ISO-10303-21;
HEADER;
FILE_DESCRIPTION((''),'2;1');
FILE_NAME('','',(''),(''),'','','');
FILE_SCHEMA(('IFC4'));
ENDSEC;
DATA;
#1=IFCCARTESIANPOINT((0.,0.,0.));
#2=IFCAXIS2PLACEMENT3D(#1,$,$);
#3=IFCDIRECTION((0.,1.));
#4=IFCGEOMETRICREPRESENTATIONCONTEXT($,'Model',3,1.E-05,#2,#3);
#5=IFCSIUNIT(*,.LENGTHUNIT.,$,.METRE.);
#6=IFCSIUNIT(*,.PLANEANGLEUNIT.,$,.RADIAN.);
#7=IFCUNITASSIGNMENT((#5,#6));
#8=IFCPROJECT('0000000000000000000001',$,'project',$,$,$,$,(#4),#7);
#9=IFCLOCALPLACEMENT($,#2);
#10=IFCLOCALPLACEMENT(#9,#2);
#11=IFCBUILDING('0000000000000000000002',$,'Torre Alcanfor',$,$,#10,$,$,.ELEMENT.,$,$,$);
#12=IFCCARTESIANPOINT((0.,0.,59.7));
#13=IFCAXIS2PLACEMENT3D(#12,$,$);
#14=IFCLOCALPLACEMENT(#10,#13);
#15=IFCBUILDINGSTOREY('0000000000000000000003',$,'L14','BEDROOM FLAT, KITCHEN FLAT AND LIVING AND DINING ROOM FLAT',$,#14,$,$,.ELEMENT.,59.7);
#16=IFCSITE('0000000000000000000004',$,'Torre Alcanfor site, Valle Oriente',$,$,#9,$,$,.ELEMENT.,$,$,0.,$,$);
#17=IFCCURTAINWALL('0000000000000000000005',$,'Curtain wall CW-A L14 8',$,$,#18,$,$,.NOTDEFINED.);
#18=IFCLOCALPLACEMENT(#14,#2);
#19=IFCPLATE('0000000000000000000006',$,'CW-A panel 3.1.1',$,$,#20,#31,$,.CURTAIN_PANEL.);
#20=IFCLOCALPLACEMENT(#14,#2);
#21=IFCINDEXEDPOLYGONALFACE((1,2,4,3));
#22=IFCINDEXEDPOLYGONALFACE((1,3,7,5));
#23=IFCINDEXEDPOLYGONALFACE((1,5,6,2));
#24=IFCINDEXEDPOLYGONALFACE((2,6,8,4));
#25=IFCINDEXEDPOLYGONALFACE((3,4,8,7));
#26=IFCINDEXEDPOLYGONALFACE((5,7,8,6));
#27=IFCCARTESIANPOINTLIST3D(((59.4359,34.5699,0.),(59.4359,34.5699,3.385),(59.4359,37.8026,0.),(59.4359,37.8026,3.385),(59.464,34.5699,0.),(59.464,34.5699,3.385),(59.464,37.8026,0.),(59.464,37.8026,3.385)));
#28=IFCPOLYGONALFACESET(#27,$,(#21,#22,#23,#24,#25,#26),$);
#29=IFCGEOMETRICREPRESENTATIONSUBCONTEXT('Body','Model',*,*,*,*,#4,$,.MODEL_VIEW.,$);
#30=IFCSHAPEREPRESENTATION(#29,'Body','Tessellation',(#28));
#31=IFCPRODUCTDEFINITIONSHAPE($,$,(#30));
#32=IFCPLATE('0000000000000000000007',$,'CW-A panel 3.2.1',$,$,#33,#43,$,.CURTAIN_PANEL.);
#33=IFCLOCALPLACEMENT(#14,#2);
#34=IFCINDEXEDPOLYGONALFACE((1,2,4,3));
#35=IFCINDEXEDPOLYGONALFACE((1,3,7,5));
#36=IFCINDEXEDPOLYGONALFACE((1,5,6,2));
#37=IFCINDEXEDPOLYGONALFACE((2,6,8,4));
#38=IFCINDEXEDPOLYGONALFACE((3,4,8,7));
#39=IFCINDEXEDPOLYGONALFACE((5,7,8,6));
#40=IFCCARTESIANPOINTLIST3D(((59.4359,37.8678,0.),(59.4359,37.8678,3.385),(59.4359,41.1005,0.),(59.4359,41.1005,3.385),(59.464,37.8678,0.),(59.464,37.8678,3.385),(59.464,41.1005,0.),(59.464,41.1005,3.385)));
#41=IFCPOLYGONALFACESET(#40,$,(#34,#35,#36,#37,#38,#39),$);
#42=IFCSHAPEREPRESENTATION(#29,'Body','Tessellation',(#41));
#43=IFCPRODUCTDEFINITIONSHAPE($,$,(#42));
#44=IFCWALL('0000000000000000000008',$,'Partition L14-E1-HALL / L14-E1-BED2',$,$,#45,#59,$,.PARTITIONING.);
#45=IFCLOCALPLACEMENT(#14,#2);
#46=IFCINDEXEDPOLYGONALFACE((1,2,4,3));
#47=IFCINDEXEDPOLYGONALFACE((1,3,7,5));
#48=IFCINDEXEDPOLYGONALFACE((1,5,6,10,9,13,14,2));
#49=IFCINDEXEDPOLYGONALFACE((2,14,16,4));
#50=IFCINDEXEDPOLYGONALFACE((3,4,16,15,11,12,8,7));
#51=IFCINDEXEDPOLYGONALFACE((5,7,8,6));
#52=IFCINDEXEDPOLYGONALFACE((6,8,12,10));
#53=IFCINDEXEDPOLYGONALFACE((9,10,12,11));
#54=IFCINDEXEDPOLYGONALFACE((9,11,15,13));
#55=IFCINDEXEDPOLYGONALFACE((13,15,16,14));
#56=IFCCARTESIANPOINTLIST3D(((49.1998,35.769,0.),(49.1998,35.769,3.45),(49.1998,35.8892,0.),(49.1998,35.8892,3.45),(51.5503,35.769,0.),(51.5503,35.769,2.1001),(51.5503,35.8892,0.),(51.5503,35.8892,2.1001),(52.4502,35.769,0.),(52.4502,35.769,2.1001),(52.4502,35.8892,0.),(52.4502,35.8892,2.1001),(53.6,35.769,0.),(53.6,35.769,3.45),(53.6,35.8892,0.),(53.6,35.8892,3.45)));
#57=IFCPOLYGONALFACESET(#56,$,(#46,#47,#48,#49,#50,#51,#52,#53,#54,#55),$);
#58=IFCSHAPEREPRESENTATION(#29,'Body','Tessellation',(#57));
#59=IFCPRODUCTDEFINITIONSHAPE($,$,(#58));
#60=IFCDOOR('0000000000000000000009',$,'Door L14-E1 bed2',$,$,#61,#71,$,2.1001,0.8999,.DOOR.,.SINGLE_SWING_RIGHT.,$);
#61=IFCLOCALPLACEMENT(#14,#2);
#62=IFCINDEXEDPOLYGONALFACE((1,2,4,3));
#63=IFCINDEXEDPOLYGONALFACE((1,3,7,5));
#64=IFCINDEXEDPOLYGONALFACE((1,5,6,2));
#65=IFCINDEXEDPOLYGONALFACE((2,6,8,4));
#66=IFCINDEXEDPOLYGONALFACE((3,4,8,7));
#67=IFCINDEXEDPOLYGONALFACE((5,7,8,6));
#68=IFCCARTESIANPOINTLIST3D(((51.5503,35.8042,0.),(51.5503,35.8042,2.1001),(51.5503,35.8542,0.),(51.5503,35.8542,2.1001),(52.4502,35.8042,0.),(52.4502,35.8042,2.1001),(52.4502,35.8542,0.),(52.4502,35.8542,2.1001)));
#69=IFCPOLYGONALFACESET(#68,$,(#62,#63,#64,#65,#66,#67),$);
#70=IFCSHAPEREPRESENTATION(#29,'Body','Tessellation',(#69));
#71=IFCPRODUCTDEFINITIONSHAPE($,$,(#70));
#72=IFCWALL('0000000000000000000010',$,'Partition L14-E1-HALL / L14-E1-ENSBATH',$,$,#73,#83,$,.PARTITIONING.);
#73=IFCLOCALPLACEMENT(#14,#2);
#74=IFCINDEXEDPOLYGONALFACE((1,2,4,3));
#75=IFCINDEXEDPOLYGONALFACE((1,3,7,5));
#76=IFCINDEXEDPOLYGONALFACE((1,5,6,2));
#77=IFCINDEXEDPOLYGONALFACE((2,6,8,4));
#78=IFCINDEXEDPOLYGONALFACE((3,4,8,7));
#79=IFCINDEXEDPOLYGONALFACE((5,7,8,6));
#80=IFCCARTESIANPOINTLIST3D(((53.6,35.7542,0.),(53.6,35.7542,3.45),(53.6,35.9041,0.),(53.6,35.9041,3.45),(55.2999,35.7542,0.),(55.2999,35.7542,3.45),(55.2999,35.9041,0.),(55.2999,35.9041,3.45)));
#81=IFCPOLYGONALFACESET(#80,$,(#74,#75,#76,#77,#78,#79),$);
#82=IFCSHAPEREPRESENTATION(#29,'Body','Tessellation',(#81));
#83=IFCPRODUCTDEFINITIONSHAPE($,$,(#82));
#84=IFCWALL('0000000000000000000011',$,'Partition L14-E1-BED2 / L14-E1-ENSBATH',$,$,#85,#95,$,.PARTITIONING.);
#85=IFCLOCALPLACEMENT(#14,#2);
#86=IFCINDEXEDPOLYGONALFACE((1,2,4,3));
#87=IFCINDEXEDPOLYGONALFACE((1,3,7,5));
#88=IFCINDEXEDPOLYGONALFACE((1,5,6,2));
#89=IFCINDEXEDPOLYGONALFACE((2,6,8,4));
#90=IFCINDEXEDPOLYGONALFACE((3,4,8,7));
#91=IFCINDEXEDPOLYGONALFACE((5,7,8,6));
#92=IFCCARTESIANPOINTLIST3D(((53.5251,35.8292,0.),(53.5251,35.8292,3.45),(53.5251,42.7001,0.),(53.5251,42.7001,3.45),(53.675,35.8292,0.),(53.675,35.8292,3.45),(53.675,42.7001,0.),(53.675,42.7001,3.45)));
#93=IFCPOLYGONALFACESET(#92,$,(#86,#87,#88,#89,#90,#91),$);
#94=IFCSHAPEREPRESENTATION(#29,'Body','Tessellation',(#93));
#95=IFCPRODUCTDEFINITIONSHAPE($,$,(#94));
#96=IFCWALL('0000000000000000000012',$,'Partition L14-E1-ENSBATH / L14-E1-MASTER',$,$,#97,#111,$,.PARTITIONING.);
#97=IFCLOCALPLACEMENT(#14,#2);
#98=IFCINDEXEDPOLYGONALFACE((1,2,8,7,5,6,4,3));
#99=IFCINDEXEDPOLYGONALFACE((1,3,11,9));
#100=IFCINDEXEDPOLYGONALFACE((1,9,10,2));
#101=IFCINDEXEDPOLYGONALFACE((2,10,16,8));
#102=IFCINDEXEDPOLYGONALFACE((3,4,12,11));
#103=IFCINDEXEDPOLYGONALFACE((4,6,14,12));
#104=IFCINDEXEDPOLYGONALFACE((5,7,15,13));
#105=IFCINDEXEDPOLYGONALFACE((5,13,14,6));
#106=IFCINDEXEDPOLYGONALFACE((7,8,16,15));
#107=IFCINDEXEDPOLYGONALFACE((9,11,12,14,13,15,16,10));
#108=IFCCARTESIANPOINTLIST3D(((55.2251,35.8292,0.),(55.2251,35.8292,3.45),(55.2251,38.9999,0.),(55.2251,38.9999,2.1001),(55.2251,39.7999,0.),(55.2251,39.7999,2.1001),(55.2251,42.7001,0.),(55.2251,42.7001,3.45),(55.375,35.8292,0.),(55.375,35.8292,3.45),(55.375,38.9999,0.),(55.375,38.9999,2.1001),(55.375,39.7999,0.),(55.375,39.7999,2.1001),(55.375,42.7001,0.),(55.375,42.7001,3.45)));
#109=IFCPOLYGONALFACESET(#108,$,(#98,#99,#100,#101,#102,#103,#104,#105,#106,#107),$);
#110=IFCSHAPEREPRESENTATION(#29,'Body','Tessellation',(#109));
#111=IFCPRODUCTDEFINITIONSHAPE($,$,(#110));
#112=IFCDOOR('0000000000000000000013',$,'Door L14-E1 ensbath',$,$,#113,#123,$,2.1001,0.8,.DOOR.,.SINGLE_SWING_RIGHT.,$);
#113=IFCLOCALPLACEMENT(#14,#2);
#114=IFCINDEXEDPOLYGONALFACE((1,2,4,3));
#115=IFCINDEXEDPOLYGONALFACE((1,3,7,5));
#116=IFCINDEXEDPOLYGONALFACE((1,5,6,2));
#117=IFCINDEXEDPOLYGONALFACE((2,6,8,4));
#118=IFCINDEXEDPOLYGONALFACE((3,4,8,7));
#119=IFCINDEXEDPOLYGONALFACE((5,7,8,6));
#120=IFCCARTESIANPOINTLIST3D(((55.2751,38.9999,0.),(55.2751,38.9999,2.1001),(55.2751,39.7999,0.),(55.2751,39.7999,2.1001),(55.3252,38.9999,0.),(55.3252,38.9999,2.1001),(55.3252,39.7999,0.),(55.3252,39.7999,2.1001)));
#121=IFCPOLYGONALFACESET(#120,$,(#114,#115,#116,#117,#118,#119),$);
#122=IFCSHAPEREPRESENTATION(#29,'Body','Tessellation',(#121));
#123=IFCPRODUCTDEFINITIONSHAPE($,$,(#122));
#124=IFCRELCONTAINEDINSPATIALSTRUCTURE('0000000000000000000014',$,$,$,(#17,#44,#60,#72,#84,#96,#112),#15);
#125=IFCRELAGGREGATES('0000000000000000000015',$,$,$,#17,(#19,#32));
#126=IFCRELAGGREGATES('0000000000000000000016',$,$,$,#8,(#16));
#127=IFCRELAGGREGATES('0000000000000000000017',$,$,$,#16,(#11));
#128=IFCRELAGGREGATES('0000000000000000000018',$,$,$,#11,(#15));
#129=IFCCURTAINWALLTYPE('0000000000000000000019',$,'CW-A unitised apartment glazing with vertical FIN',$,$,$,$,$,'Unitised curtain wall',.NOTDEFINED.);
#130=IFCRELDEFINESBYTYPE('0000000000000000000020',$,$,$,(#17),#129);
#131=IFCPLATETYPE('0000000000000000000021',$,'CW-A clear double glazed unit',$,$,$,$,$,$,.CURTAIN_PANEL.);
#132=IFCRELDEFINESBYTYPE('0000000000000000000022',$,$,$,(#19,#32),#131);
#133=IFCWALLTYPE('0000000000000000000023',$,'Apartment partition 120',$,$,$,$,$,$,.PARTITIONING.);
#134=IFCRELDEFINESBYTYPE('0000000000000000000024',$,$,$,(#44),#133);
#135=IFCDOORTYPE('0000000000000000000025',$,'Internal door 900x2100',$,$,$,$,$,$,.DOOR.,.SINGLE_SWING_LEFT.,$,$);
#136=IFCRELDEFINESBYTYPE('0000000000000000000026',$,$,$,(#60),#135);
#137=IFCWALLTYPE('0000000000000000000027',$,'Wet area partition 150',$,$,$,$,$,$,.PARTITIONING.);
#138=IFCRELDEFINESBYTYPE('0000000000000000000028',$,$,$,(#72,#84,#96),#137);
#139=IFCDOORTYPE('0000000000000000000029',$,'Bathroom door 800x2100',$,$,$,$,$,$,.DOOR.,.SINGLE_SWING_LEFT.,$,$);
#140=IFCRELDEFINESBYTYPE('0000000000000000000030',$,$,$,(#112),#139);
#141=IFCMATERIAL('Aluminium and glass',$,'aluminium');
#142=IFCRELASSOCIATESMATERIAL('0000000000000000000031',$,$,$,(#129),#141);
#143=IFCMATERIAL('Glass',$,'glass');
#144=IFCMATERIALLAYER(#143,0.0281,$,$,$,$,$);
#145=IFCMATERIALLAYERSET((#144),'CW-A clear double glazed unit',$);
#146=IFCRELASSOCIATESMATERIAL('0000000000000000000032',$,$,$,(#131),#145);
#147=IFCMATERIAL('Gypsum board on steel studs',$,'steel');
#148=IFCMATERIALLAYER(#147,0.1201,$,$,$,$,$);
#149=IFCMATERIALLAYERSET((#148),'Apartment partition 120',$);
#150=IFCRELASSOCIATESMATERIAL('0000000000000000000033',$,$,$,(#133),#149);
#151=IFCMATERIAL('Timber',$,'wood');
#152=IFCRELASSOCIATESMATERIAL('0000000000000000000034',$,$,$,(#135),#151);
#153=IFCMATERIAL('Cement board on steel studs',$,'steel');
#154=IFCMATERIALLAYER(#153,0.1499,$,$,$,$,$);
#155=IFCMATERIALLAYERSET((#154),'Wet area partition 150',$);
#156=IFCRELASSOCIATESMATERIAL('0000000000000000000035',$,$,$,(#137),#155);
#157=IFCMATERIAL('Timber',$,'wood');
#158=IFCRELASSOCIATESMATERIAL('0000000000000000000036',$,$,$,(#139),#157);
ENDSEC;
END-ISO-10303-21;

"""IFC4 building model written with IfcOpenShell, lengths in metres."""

from ifc_helpers import new_model, si_unit, direction, frame, frame_2d, origin, origin_2d, place, context, subcontext, project, spatial, rectangle, extrude, material, layer, layer_set, type_object, element, fill, aggregate, save


model = new_model("IFC4")

# Units and contexts
model_context = context("Model", 3, precision=1e-05, world=origin(), true_north=direction((0.0, 1.0)))
body_context = subcontext(model_context, "Body", "Model", "MODEL_VIEW")
ifc_project = project(units=[si_unit("LENGTHUNIT", "METRE"), si_unit("PLANEANGLEUNIT", "RADIAN")], contexts=[model_context])

# Site, building, storey
site_placement = place(None, origin())
site = spatial("IfcSite", under=ifc_project, at=site_placement, Name="Torre Alcanfor site, Valle Oriente", CompositionType="ELEMENT", RefElevation=0.0)
building_placement = place(site_placement, origin())
building = spatial("IfcBuilding", under=site, at=building_placement, Name="Torre Alcanfor", CompositionType="ELEMENT")
storey_placement = place(building_placement, frame((0.0, 0.0, 59.7)))
storey = spatial("IfcBuildingStorey", under=building, at=storey_placement, Name="L14", Description="BEDROOM FLAT, KITCHEN FLAT AND LIVING AND DINING ROOM FLAT", CompositionType="ELEMENT", Elevation=59.7)

# Curtain wall
ifc_material_1 = material(Name="Aluminium and glass", Category="aluminium")
curtain_wall_type = type_object("IfcCurtainWallType", Name="CW-A unitised apartment glazing with vertical FIN", ElementType="Unitised curtain wall", PredefinedType="NOTDEFINED", material=ifc_material_1)
curtain_wall_placement = place(storey_placement, origin())
curtain_wall = element("IfcCurtainWall", 1, at=curtain_wall_placement, inside=storey, type_object=curtain_wall_type, Name="Curtain wall CW-A L14 8", PredefinedType="NOTDEFINED")

# Plates
ifc_material_2 = material(Name="Glass", Category="glass")
ifc_layer_1 = layer(ifc_material_2, 0.0281)
ifc_layer_set_1 = layer_set([ifc_layer_1], Name="CW-A clear double glazed unit")
plate_type = type_object("IfcPlateType", Name="CW-A clear double glazed unit", PredefinedType="CURTAIN_PANEL", material=ifc_layer_set_1)
plate_1_placement = place(storey_placement, frame((59.45, 36.1863, 0.0), z_axis=(0.0, 0.0, 1.0), x_axis=(0.0, 1.0, 0.0)))
plate_1 = element("IfcPlate", 2, at=plate_1_placement, type_object=plate_type, Name="CW-A panel 3.1.1", PredefinedType="CURTAIN_PANEL", context=body_context, shape_type="SweptSolid", body=[
    extrude(rectangle(XDim=3.2327, YDim=0.0281, at=origin_2d()), origin(), (0.0, 0.0, 1.0), 3.385),
])
plate_2_placement = place(storey_placement, frame((59.45, 39.4841, 0.0), z_axis=(0.0, 0.0, 1.0), x_axis=(0.0, 1.0, 0.0)))
plate_2 = element("IfcPlate", 3, at=plate_2_placement, type_object=plate_type, Name="CW-A panel 3.2.1", PredefinedType="CURTAIN_PANEL", context=body_context, shape_type="SweptSolid", body=[
    extrude(rectangle(XDim=3.2327, YDim=0.0281, at=origin_2d()), origin(), (0.0, 0.0, 1.0), 3.385),
])
aggregate(curtain_wall, [plate_1, plate_2])

# Wall, opening, door
ifc_material_3 = material(Name="Gypsum board on steel studs", Category="steel")
ifc_layer_2 = layer(ifc_material_3, 0.1201)
ifc_layer_set_2 = layer_set([ifc_layer_2], Name="Apartment partition 120")
wall_type_1 = type_object("IfcWallType", Name="Apartment partition 120", PredefinedType="PARTITIONING", material=ifc_layer_set_2)
wall_1_placement = place(storey_placement, frame((53.6001, 35.8291, 0.0), z_axis=(0.0, 0.0, 1.0), x_axis=(-1.0, 0.0, 0.0)))
wall_1 = element("IfcWall", 4, at=wall_1_placement, inside=storey, type_object=wall_type_1, Name="Partition L14-E1-HALL / L14-E1-BED2", PredefinedType="PARTITIONING", context=body_context, shape_type="SweptSolid", body=[
    extrude(rectangle(XDim=4.4001, YDim=0.1201, at=frame_2d((2.2002, 0.0))), origin(), (0.0, 0.0, 1.0), 3.45),
])
opening_1_placement = place(wall_1_placement, frame((1.1499, 0.0, 0.0)))
opening_1 = element("IfcOpeningElement", 5, at=opening_1_placement, cuts=wall_1, PredefinedType="OPENING", context=body_context, shape_type="SweptSolid", body=[
    extrude(rectangle(XDim=0.8999, YDim=2.1001, at=frame_2d((0.45, 1.05))), frame((0.0, 0.0701, 0.0), z_axis=(0.0, -1.0, 0.0), x_axis=(1.0, 0.0, 0.0)), (0.0, 0.0, 1.0), 0.1401),
])
ifc_material_4 = material(Name="Timber", Category="wood")
door_type_1 = type_object("IfcDoorType", Name="Internal door 900x2100", OperationType="SINGLE_SWING_LEFT", PredefinedType="DOOR", material=ifc_material_4)
door_1_placement = place(opening_1_placement, frame((0.8999, 0.0, 0.0), z_axis=(0.0, 0.0, 1.0), x_axis=(-1.0, 0.0, 0.0)))
door_1 = element("IfcDoor", 6, at=door_1_placement, inside=storey, type_object=door_type_1, Name="Door L14-E1 bed2", OperationType="SINGLE_SWING_RIGHT", OverallHeight=2.1001, OverallWidth=0.8999, PredefinedType="DOOR", context=body_context, shape_type="SweptSolid", body=[
    extrude(rectangle(XDim=0.8999, YDim=2.1001, at=frame_2d((0.45, 1.05))), frame((0.0, 0.0251, 0.0), z_axis=(0.0, -1.0, 0.0), x_axis=(1.0, 0.0, 0.0)), (0.0, 0.0, 1.0), 0.05),
])
fill(opening_1, door_1)

# Walls
ifc_material_5 = material(Name="Cement board on steel studs", Category="steel")
ifc_layer_3 = layer(ifc_material_5, 0.1499)
ifc_layer_set_3 = layer_set([ifc_layer_3], Name="Wet area partition 150")
wall_type_2 = type_object("IfcWallType", Name="Wet area partition 150", PredefinedType="PARTITIONING", material=ifc_layer_set_3)
wall_2_placement = place(storey_placement, frame((55.3, 35.8291, 0.0), z_axis=(0.0, 0.0, 1.0), x_axis=(-1.0, 0.0, 0.0)))
element("IfcWall", 7, at=wall_2_placement, inside=storey, type_object=wall_type_2, Name="Partition L14-E1-HALL / L14-E1-ENSBATH", PredefinedType="PARTITIONING", context=body_context, shape_type="SweptSolid", body=[
    extrude(rectangle(XDim=1.7, YDim=0.1499, at=frame_2d((0.8501, 0.0))), origin(), (0.0, 0.0, 1.0), 3.45),
])
wall_3_placement = place(storey_placement, frame((53.6001, 35.8291, 0.0), z_axis=(0.0, 0.0, 1.0), x_axis=(0.0, 1.0, 0.0)))
element("IfcWall", 8, at=wall_3_placement, inside=storey, type_object=wall_type_2, Name="Partition L14-E1-BED2 / L14-E1-ENSBATH", PredefinedType="PARTITIONING", context=body_context, shape_type="SweptSolid", body=[
    extrude(rectangle(XDim=6.8708, YDim=0.1499, at=frame_2d((3.4355, 0.0))), origin(), (0.0, 0.0, 1.0), 3.45),
])

# Wall, opening, door
wall_4_placement = place(storey_placement, frame((55.3, 35.8291, 0.0), z_axis=(0.0, 0.0, 1.0), x_axis=(0.0, 1.0, 0.0)))
wall_4 = element("IfcWall", 9, at=wall_4_placement, inside=storey, type_object=wall_type_2, Name="Partition L14-E1-ENSBATH / L14-E1-MASTER", PredefinedType="PARTITIONING", context=body_context, shape_type="SweptSolid", body=[
    extrude(rectangle(XDim=6.8708, YDim=0.1499, at=frame_2d((3.4355, 0.0))), origin(), (0.0, 0.0, 1.0), 3.45),
])
opening_2_placement = place(wall_4_placement, frame((3.1709, 0.0, 0.0)))
opening_2 = element("IfcOpeningElement", 10, at=opening_2_placement, cuts=wall_4, PredefinedType="OPENING", context=body_context, shape_type="SweptSolid", body=[
    extrude(rectangle(XDim=0.8, YDim=2.1001, at=frame_2d((0.3999, 1.05))), frame((0.0, 0.085, 0.0), z_axis=(0.0, -1.0, 0.0), x_axis=(1.0, 0.0, 0.0)), (0.0, 0.0, 1.0), 0.1699),
])
ifc_material_6 = material(Name="Timber", Category="wood")
door_type_2 = type_object("IfcDoorType", Name="Bathroom door 800x2100", OperationType="SINGLE_SWING_LEFT", PredefinedType="DOOR", material=ifc_material_6)
door_2_placement = place(opening_2_placement, origin())
door_2 = element("IfcDoor", 11, at=door_2_placement, inside=storey, type_object=door_type_2, Name="Door L14-E1 ensbath", OperationType="SINGLE_SWING_RIGHT", OverallHeight=2.1001, OverallWidth=0.8, PredefinedType="DOOR", context=body_context, shape_type="SweptSolid", body=[
    extrude(rectangle(XDim=0.8, YDim=2.1001, at=frame_2d((0.3999, 1.05))), frame((0.0, 0.0249, 0.0), z_axis=(0.0, -1.0, 0.0), x_axis=(1.0, 0.0, 0.0)), (0.0, 0.0, 1.0), 0.05),
])
fill(opening_2, door_2)

save(model, "model.ifc")
